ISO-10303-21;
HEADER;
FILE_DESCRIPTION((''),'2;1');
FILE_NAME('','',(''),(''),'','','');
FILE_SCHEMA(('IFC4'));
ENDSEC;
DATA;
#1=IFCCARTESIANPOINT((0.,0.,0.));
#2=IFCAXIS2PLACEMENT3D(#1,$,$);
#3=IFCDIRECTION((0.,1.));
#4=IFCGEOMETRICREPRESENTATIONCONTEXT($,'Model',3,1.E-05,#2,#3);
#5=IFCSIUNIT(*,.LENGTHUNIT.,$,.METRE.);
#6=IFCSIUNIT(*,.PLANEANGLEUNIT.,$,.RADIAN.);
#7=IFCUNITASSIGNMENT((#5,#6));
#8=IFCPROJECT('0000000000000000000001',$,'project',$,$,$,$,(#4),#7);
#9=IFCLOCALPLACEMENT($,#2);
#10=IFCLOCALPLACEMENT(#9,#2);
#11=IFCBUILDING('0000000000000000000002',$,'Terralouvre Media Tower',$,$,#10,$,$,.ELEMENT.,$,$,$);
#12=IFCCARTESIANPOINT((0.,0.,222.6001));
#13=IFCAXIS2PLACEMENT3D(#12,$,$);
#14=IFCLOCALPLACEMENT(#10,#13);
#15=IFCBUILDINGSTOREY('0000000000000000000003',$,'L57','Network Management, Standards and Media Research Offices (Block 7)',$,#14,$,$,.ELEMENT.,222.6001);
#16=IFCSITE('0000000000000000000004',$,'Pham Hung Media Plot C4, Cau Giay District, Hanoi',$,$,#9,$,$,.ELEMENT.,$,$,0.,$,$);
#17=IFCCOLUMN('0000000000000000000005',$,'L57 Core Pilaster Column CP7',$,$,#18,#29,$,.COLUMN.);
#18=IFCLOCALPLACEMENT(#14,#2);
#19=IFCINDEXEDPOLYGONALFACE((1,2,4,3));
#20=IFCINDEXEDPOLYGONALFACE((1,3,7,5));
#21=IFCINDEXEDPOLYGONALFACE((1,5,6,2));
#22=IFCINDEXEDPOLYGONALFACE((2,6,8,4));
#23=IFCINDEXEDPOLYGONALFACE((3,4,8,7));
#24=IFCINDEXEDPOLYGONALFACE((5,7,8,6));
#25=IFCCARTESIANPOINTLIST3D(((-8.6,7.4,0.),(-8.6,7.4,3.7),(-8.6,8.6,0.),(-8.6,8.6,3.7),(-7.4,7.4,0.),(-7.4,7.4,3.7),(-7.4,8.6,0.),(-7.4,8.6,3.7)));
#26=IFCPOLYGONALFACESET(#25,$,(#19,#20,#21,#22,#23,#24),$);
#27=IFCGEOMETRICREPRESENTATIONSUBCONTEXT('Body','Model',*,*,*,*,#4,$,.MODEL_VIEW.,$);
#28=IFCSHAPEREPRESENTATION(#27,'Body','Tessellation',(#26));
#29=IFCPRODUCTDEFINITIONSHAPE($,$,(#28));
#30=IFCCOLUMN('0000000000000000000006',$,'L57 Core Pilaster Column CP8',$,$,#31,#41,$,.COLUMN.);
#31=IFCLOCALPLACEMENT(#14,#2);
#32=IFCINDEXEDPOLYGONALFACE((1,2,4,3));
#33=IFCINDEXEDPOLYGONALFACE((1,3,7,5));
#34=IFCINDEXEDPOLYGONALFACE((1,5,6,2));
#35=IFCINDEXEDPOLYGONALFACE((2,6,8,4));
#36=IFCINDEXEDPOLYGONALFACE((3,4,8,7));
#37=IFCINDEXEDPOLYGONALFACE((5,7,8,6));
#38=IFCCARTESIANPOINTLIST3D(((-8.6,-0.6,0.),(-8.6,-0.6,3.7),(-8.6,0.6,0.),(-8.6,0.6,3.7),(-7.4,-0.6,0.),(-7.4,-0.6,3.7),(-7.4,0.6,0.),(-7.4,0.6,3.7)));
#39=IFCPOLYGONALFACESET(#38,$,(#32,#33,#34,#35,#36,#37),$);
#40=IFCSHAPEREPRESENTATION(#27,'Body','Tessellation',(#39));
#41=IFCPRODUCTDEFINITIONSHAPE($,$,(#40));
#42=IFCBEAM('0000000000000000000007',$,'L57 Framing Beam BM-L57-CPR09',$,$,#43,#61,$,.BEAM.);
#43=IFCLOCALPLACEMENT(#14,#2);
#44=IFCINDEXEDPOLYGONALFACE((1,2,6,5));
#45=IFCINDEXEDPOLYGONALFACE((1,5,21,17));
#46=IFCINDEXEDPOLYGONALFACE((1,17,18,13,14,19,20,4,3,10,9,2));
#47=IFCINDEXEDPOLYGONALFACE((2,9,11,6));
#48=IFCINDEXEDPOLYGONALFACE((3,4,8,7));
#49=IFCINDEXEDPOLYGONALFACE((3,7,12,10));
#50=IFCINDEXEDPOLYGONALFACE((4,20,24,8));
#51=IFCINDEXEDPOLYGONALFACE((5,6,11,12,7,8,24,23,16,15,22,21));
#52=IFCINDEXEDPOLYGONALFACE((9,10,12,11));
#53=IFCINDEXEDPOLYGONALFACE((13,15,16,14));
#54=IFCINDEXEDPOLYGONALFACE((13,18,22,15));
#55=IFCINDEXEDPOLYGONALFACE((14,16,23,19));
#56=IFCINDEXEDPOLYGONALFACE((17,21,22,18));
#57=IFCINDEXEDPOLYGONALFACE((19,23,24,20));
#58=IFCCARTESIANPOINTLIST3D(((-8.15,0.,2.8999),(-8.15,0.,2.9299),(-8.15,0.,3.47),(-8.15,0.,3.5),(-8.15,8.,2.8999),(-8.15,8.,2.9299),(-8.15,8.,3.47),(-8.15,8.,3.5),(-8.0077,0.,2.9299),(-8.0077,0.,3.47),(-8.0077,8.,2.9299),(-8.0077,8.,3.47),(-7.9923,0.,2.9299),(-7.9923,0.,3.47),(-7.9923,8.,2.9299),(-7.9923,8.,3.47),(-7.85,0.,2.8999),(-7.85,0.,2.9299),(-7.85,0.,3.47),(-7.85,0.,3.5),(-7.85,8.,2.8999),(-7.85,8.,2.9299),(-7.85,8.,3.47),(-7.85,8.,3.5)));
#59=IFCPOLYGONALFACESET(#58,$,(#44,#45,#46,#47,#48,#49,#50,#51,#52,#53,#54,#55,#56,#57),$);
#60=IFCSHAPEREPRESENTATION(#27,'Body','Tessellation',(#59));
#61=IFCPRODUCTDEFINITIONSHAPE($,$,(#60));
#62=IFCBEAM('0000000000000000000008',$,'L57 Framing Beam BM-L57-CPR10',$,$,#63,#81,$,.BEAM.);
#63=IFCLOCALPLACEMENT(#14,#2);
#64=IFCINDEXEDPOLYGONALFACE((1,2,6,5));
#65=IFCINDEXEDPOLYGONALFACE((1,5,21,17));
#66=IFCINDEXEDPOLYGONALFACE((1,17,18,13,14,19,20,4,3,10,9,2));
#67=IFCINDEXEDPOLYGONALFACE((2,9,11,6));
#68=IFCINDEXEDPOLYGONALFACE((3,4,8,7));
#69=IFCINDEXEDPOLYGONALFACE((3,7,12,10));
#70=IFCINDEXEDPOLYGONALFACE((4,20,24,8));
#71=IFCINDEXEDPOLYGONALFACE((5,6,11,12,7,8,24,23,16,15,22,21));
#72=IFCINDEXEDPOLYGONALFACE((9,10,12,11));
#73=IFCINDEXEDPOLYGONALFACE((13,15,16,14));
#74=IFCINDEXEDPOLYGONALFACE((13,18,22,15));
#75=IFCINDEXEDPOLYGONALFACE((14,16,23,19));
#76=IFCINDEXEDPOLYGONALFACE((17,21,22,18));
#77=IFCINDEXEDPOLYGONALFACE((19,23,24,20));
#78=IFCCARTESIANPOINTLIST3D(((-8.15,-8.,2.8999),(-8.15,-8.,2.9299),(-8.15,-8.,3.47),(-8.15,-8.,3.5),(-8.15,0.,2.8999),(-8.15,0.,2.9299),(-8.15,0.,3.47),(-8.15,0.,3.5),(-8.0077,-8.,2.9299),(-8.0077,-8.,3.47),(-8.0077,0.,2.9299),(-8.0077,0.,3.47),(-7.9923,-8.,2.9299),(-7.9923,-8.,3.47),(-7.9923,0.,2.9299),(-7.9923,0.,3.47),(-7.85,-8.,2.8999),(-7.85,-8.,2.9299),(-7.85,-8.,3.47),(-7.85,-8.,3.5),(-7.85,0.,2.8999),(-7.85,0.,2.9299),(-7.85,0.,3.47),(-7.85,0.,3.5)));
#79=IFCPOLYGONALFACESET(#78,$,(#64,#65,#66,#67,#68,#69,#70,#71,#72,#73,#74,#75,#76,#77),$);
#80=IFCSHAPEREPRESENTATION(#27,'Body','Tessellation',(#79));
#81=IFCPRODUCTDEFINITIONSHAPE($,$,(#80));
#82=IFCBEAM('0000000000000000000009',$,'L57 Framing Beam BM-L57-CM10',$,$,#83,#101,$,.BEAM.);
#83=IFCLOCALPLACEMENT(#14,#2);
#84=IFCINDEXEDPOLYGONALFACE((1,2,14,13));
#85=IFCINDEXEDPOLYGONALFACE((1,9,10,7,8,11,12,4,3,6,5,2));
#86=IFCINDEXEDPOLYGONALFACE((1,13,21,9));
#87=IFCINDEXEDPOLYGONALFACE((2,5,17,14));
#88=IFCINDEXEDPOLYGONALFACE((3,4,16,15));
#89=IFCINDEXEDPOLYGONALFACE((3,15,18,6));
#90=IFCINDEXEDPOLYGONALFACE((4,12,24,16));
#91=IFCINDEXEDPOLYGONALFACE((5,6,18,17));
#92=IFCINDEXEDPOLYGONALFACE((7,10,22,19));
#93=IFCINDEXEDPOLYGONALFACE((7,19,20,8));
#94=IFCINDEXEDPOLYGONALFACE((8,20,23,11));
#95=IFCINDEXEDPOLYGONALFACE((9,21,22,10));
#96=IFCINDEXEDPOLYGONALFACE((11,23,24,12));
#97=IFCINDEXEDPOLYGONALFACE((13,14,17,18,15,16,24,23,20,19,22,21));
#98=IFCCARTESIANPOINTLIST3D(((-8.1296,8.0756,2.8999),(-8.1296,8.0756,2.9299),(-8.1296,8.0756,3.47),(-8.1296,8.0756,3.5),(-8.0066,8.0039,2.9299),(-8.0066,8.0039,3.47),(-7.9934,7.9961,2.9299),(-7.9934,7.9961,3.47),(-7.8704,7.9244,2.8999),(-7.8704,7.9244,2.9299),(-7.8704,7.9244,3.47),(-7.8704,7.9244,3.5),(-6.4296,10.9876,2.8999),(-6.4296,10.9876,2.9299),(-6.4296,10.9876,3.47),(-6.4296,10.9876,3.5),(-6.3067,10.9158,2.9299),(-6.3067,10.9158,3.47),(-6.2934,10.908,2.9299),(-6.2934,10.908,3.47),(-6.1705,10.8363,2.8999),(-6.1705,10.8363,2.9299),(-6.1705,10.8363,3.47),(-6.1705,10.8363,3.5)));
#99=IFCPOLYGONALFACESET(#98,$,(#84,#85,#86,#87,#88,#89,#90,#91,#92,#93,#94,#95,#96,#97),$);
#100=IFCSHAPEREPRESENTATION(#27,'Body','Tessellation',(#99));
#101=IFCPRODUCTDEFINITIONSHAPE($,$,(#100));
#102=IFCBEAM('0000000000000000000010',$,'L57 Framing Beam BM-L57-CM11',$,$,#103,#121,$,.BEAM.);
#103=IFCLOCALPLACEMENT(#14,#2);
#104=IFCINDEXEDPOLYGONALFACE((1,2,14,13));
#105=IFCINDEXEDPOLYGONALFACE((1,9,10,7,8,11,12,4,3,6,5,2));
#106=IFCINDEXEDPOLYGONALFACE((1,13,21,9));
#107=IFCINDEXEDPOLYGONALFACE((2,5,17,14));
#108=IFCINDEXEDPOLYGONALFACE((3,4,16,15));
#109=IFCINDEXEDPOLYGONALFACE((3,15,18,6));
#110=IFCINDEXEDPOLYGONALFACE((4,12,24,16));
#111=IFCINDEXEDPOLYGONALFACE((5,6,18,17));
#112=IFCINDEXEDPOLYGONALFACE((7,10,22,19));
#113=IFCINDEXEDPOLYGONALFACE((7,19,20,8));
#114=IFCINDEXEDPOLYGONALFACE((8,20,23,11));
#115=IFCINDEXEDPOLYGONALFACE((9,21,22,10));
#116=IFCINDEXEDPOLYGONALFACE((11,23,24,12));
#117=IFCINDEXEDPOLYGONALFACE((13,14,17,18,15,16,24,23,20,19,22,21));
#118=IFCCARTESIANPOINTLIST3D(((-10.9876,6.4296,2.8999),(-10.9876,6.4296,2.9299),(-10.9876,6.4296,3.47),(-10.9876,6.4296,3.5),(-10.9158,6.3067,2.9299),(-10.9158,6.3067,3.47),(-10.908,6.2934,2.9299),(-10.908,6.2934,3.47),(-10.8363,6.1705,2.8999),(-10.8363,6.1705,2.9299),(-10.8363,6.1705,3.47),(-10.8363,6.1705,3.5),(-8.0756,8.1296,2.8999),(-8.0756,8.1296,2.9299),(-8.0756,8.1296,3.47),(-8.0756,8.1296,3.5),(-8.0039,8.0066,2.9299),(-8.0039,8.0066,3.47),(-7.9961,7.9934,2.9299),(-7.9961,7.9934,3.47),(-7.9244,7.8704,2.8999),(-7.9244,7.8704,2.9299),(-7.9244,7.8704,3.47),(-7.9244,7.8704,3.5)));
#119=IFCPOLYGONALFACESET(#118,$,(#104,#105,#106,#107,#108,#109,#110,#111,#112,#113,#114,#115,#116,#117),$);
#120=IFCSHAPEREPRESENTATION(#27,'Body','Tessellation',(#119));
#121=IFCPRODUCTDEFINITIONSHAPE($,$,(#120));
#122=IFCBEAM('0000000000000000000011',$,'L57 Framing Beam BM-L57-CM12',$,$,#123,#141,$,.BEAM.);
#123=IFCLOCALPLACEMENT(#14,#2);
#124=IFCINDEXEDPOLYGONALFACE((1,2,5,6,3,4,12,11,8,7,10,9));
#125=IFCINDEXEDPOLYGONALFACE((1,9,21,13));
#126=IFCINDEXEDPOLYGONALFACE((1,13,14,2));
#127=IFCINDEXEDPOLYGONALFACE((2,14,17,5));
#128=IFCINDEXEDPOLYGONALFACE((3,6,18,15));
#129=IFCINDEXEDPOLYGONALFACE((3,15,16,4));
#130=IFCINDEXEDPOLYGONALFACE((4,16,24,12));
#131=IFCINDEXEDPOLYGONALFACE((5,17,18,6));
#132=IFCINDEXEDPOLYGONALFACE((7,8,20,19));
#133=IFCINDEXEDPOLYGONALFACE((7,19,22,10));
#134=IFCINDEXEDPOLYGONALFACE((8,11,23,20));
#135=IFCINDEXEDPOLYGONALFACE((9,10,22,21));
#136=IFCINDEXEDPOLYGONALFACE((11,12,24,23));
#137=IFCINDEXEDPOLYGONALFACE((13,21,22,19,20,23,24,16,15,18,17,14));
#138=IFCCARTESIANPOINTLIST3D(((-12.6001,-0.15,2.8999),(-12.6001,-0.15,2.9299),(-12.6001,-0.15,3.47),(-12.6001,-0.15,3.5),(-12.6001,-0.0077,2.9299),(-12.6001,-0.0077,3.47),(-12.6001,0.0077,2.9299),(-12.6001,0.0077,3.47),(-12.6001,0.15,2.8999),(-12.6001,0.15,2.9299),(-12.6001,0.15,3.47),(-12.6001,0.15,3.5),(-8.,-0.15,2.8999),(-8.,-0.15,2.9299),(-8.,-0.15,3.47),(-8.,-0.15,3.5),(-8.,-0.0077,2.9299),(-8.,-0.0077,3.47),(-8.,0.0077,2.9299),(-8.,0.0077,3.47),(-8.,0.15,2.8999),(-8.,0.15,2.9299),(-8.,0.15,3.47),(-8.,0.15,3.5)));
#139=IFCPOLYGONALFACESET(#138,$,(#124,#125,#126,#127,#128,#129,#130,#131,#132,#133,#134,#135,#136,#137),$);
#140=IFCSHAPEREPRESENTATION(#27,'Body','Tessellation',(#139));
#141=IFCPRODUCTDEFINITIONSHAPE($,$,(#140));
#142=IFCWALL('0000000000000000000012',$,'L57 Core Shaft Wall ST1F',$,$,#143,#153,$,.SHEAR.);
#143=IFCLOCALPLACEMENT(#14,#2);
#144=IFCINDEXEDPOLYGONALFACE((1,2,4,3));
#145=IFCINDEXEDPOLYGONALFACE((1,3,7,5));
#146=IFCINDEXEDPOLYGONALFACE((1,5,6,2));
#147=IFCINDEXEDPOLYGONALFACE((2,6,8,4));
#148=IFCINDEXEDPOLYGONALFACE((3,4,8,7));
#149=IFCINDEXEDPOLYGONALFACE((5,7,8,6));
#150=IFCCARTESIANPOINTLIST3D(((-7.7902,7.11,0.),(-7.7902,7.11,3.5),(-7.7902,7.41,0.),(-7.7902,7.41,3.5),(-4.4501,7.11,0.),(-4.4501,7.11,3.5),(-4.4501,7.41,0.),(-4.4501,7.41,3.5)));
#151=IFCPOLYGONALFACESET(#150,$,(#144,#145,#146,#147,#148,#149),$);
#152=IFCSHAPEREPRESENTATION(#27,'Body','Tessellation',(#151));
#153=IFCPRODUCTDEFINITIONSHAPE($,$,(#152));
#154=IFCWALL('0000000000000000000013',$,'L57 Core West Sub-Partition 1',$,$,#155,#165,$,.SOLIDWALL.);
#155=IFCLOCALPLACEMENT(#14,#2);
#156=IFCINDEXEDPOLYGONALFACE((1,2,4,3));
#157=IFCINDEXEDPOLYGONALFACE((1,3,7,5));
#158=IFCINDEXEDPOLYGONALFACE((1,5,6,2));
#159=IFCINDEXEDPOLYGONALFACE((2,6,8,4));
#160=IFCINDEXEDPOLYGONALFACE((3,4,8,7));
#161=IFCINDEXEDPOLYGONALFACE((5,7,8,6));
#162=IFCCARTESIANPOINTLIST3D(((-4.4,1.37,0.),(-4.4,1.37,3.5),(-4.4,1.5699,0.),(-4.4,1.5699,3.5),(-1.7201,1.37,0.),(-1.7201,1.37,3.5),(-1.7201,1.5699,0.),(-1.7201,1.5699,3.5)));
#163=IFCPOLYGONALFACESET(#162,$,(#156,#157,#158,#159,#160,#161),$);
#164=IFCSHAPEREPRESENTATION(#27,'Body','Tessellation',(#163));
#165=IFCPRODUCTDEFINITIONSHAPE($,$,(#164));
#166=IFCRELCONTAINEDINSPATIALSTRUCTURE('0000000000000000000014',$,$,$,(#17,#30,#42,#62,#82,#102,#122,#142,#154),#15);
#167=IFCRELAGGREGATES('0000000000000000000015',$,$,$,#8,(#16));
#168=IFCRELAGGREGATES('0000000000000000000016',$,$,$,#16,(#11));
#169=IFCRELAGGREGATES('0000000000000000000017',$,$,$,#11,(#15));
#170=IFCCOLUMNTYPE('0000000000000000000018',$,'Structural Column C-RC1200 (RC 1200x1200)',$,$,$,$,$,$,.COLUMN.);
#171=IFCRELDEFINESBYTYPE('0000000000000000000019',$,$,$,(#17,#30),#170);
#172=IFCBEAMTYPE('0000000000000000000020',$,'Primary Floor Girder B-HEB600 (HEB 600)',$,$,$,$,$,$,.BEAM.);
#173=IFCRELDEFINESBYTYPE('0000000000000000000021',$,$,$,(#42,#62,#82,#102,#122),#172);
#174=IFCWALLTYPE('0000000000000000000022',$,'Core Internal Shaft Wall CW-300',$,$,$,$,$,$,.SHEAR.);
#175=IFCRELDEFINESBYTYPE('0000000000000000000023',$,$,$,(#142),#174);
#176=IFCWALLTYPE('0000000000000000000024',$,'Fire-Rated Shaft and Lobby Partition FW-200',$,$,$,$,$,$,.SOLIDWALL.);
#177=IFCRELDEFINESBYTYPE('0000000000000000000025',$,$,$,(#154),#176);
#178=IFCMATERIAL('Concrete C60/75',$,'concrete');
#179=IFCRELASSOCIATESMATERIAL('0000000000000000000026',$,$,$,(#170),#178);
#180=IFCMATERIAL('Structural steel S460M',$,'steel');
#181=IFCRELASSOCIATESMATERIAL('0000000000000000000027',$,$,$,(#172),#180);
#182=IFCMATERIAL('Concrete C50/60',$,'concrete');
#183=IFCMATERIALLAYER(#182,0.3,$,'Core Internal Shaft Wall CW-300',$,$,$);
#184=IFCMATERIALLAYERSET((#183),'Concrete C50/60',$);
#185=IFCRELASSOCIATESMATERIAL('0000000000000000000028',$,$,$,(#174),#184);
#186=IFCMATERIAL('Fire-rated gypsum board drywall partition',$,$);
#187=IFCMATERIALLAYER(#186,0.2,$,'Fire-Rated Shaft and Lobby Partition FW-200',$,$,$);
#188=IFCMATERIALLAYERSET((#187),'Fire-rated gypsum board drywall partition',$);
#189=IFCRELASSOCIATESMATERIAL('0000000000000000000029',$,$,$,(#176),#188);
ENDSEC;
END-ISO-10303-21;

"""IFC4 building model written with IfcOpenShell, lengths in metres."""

from ifc_helpers import new_model, si_unit, direction, frame, frame_2d, origin, origin_2d, place, context, subcontext, project, spatial, rectangle, i_section, extrude, material, layer, layer_set, material_profile, profile_set, type_object, element, save


model = new_model("IFC4")

# Units and contexts
model_context = context("Model", 3, precision=1e-05, world=origin(), true_north=direction((0.0, 1.0)))
body_context = subcontext(model_context, "Body", "Model", "MODEL_VIEW")
ifc_project = project(units=[si_unit("LENGTHUNIT", "METRE"), si_unit("PLANEANGLEUNIT", "RADIAN")], contexts=[model_context])

# Site, building, storey
site_placement = place(None, origin())
site = spatial("IfcSite", under=ifc_project, at=site_placement, Name="Pham Hung Media Plot C4, Cau Giay District, Hanoi", CompositionType="ELEMENT", RefElevation=0.0)
building_placement = place(site_placement, origin())
building = spatial("IfcBuilding", under=site, at=building_placement, Name="Terralouvre Media Tower", CompositionType="ELEMENT")
storey_placement = place(building_placement, frame((0.0, 0.0, 222.6001)))
storey = spatial("IfcBuildingStorey", under=building, at=storey_placement, Name="L57", Description="Network Management, Standards and Media Research Offices (Block 7)", CompositionType="ELEMENT", Elevation=222.6001)

# Columns
ifc_material_1 = material(Name="Concrete C60/75", Category="concrete")
ifc_material_profile_1 = material_profile(ifc_material_1, rectangle(XDim=1.2, YDim=1.2, at=origin_2d()), Name="RC 1200x1200")
ifc_profile_set_1 = profile_set([ifc_material_profile_1], Name="Concrete C60/75")
column_type = type_object("IfcColumnType", Name="Structural Column C-RC1200 (RC 1200x1200)", PredefinedType="COLUMN", material=ifc_profile_set_1)
for number, where, z_axis, x_axis, name in (
    (1, (-8.0, 8.0, 0.0), (0.0, 0.0, 1.0), (1.0, 0.0, 0.0), "L57 Core Pilaster Column CP7"),
    (2, (-8.0, 0.0, 0.0), (0.0, 0.0, 1.0), (1.0, 0.0, 0.0), "L57 Core Pilaster Column CP8"),
):
    element("IfcColumn", number, at=place(storey_placement, frame(where, z_axis=z_axis, x_axis=x_axis)), inside=storey, type_object=column_type, Name=name, PredefinedType="COLUMN", context=body_context, shape_type="SweptSolid", body=[
        extrude(rectangle(XDim=1.2, YDim=1.2, at=origin_2d()), origin(), (0.0, 0.0, 1.0), 3.7),
    ])

# Beams
ifc_material_2 = material(Name="Structural steel S460M", Category="steel")
ifc_material_profile_2 = material_profile(ifc_material_2, i_section(OverallWidth=0.3, OverallDepth=0.6001, WebThickness=0.0154, FlangeThickness=0.03, at=origin_2d()), Name="HEB 600")
ifc_profile_set_2 = profile_set([ifc_material_profile_2], Name="Structural steel S460M")
beam_type = type_object("IfcBeamType", Name="Primary Floor Girder B-HEB600 (HEB 600)", PredefinedType="BEAM", material=ifc_profile_set_2)
for number, where, z_axis, x_axis, name in (
    (3, (-8.0, 8.0, 3.2), (0.0, -1.0, 0.0), (1.0, 0.0, 0.0), "L57 Framing Beam BM-L57-CPR09"),
    (4, (-8.0, 0.0, 3.2), (0.0, -1.0, 0.0), (1.0, 0.0, 0.0), "L57 Framing Beam BM-L57-CPR10"),
):
    element("IfcBeam", number, at=place(storey_placement, frame(where, z_axis=z_axis, x_axis=x_axis)), inside=storey, type_object=beam_type, Name=name, PredefinedType="BEAM", context=body_context, shape_type="SweptSolid", body=[
        extrude(i_section(OverallWidth=0.3, OverallDepth=0.6001, WebThickness=0.0154, FlangeThickness=0.03, at=origin_2d()), origin(), (0.0, 0.0, 1.0), 8.0),
    ])
for number, where, z_axis, x_axis, name in (
    (5, (-8.0, 8.0, 3.2), (0.504173, 0.863603, 0.0), (-0.863603, 0.504173, 0.0), "L57 Framing Beam BM-L57-CM10"),
    (6, (-8.0, 8.0, 3.2), (-0.863603, -0.504173, 0.0), (0.504173, -0.863603, 0.0), "L57 Framing Beam BM-L57-CM11"),
):
    element("IfcBeam", number, at=place(storey_placement, frame(where, z_axis=z_axis, x_axis=x_axis)), inside=storey, type_object=beam_type, Name=name, PredefinedType="BEAM", context=body_context, shape_type="SweptSolid", body=[
        extrude(i_section(OverallWidth=0.3, OverallDepth=0.6001, WebThickness=0.0154, FlangeThickness=0.03, at=origin_2d()), origin(), (0.0, 0.0, 1.0), 3.3718),
    ])
beam_placement = place(storey_placement, frame((-8.0, 0.0, 3.2), z_axis=(-1.0, 0.0, 0.0), x_axis=(0.0, -1.0, 0.0)))
element("IfcBeam", 7, at=beam_placement, inside=storey, type_object=beam_type, Name="L57 Framing Beam BM-L57-CM12", PredefinedType="BEAM", context=body_context, shape_type="SweptSolid", body=[
    extrude(i_section(OverallWidth=0.3, OverallDepth=0.6001, WebThickness=0.0154, FlangeThickness=0.03, at=origin_2d()), origin(), (0.0, 0.0, 1.0), 4.6001),
])

# Shared definitions
ifc_material_3 = material(Name="Concrete C50/60", Category="concrete")
ifc_layer_1 = layer(ifc_material_3, 0.3, Name="Core Internal Shaft Wall CW-300")
ifc_layer_set_1 = layer_set([ifc_layer_1], Name="Concrete C50/60")
wall_type_1 = type_object("IfcWallType", Name="Core Internal Shaft Wall CW-300", PredefinedType="SHEAR", material=ifc_layer_set_1)

# Wall
wall_1_placement = place(storey_placement, frame((-7.79, 7.26, 0.0), z_axis=(0.0, 0.0, 1.0), x_axis=(1.0, 0.0, 0.0)))
element("IfcWall", 8, at=wall_1_placement, inside=storey, type_object=wall_type_1, Name="L57 Core Shaft Wall ST1F", PredefinedType="SHEAR", context=body_context, shape_type="SweptSolid", body=[
    extrude(rectangle(XDim=3.3401, YDim=0.3, at=frame_2d((1.6699, 0.0))), origin(), (0.0, 0.0, 1.0), 3.5),
])

# Wall
ifc_material_4 = material(Name="Fire-rated gypsum board drywall partition")
ifc_layer_2 = layer(ifc_material_4, 0.2, Name="Fire-Rated Shaft and Lobby Partition FW-200")
ifc_layer_set_2 = layer_set([ifc_layer_2], Name="Fire-rated gypsum board drywall partition")
wall_type_2 = type_object("IfcWallType", Name="Fire-Rated Shaft and Lobby Partition FW-200", PredefinedType="SOLIDWALL", material=ifc_layer_set_2)
wall_2_placement = place(storey_placement, frame((-4.3999, 1.47, 0.0), z_axis=(0.0, 0.0, 1.0), x_axis=(1.0, 0.0, 0.0)))
element("IfcWall", 9, at=wall_2_placement, inside=storey, type_object=wall_type_2, Name="L57 Core West Sub-Partition 1", PredefinedType="SOLIDWALL", context=body_context, shape_type="SweptSolid", body=[
    extrude(rectangle(XDim=2.6799, YDim=0.2, at=frame_2d((1.3398, 0.0))), origin(), (0.0, 0.0, 1.0), 3.5),
])

save(model, "model.ifc")
